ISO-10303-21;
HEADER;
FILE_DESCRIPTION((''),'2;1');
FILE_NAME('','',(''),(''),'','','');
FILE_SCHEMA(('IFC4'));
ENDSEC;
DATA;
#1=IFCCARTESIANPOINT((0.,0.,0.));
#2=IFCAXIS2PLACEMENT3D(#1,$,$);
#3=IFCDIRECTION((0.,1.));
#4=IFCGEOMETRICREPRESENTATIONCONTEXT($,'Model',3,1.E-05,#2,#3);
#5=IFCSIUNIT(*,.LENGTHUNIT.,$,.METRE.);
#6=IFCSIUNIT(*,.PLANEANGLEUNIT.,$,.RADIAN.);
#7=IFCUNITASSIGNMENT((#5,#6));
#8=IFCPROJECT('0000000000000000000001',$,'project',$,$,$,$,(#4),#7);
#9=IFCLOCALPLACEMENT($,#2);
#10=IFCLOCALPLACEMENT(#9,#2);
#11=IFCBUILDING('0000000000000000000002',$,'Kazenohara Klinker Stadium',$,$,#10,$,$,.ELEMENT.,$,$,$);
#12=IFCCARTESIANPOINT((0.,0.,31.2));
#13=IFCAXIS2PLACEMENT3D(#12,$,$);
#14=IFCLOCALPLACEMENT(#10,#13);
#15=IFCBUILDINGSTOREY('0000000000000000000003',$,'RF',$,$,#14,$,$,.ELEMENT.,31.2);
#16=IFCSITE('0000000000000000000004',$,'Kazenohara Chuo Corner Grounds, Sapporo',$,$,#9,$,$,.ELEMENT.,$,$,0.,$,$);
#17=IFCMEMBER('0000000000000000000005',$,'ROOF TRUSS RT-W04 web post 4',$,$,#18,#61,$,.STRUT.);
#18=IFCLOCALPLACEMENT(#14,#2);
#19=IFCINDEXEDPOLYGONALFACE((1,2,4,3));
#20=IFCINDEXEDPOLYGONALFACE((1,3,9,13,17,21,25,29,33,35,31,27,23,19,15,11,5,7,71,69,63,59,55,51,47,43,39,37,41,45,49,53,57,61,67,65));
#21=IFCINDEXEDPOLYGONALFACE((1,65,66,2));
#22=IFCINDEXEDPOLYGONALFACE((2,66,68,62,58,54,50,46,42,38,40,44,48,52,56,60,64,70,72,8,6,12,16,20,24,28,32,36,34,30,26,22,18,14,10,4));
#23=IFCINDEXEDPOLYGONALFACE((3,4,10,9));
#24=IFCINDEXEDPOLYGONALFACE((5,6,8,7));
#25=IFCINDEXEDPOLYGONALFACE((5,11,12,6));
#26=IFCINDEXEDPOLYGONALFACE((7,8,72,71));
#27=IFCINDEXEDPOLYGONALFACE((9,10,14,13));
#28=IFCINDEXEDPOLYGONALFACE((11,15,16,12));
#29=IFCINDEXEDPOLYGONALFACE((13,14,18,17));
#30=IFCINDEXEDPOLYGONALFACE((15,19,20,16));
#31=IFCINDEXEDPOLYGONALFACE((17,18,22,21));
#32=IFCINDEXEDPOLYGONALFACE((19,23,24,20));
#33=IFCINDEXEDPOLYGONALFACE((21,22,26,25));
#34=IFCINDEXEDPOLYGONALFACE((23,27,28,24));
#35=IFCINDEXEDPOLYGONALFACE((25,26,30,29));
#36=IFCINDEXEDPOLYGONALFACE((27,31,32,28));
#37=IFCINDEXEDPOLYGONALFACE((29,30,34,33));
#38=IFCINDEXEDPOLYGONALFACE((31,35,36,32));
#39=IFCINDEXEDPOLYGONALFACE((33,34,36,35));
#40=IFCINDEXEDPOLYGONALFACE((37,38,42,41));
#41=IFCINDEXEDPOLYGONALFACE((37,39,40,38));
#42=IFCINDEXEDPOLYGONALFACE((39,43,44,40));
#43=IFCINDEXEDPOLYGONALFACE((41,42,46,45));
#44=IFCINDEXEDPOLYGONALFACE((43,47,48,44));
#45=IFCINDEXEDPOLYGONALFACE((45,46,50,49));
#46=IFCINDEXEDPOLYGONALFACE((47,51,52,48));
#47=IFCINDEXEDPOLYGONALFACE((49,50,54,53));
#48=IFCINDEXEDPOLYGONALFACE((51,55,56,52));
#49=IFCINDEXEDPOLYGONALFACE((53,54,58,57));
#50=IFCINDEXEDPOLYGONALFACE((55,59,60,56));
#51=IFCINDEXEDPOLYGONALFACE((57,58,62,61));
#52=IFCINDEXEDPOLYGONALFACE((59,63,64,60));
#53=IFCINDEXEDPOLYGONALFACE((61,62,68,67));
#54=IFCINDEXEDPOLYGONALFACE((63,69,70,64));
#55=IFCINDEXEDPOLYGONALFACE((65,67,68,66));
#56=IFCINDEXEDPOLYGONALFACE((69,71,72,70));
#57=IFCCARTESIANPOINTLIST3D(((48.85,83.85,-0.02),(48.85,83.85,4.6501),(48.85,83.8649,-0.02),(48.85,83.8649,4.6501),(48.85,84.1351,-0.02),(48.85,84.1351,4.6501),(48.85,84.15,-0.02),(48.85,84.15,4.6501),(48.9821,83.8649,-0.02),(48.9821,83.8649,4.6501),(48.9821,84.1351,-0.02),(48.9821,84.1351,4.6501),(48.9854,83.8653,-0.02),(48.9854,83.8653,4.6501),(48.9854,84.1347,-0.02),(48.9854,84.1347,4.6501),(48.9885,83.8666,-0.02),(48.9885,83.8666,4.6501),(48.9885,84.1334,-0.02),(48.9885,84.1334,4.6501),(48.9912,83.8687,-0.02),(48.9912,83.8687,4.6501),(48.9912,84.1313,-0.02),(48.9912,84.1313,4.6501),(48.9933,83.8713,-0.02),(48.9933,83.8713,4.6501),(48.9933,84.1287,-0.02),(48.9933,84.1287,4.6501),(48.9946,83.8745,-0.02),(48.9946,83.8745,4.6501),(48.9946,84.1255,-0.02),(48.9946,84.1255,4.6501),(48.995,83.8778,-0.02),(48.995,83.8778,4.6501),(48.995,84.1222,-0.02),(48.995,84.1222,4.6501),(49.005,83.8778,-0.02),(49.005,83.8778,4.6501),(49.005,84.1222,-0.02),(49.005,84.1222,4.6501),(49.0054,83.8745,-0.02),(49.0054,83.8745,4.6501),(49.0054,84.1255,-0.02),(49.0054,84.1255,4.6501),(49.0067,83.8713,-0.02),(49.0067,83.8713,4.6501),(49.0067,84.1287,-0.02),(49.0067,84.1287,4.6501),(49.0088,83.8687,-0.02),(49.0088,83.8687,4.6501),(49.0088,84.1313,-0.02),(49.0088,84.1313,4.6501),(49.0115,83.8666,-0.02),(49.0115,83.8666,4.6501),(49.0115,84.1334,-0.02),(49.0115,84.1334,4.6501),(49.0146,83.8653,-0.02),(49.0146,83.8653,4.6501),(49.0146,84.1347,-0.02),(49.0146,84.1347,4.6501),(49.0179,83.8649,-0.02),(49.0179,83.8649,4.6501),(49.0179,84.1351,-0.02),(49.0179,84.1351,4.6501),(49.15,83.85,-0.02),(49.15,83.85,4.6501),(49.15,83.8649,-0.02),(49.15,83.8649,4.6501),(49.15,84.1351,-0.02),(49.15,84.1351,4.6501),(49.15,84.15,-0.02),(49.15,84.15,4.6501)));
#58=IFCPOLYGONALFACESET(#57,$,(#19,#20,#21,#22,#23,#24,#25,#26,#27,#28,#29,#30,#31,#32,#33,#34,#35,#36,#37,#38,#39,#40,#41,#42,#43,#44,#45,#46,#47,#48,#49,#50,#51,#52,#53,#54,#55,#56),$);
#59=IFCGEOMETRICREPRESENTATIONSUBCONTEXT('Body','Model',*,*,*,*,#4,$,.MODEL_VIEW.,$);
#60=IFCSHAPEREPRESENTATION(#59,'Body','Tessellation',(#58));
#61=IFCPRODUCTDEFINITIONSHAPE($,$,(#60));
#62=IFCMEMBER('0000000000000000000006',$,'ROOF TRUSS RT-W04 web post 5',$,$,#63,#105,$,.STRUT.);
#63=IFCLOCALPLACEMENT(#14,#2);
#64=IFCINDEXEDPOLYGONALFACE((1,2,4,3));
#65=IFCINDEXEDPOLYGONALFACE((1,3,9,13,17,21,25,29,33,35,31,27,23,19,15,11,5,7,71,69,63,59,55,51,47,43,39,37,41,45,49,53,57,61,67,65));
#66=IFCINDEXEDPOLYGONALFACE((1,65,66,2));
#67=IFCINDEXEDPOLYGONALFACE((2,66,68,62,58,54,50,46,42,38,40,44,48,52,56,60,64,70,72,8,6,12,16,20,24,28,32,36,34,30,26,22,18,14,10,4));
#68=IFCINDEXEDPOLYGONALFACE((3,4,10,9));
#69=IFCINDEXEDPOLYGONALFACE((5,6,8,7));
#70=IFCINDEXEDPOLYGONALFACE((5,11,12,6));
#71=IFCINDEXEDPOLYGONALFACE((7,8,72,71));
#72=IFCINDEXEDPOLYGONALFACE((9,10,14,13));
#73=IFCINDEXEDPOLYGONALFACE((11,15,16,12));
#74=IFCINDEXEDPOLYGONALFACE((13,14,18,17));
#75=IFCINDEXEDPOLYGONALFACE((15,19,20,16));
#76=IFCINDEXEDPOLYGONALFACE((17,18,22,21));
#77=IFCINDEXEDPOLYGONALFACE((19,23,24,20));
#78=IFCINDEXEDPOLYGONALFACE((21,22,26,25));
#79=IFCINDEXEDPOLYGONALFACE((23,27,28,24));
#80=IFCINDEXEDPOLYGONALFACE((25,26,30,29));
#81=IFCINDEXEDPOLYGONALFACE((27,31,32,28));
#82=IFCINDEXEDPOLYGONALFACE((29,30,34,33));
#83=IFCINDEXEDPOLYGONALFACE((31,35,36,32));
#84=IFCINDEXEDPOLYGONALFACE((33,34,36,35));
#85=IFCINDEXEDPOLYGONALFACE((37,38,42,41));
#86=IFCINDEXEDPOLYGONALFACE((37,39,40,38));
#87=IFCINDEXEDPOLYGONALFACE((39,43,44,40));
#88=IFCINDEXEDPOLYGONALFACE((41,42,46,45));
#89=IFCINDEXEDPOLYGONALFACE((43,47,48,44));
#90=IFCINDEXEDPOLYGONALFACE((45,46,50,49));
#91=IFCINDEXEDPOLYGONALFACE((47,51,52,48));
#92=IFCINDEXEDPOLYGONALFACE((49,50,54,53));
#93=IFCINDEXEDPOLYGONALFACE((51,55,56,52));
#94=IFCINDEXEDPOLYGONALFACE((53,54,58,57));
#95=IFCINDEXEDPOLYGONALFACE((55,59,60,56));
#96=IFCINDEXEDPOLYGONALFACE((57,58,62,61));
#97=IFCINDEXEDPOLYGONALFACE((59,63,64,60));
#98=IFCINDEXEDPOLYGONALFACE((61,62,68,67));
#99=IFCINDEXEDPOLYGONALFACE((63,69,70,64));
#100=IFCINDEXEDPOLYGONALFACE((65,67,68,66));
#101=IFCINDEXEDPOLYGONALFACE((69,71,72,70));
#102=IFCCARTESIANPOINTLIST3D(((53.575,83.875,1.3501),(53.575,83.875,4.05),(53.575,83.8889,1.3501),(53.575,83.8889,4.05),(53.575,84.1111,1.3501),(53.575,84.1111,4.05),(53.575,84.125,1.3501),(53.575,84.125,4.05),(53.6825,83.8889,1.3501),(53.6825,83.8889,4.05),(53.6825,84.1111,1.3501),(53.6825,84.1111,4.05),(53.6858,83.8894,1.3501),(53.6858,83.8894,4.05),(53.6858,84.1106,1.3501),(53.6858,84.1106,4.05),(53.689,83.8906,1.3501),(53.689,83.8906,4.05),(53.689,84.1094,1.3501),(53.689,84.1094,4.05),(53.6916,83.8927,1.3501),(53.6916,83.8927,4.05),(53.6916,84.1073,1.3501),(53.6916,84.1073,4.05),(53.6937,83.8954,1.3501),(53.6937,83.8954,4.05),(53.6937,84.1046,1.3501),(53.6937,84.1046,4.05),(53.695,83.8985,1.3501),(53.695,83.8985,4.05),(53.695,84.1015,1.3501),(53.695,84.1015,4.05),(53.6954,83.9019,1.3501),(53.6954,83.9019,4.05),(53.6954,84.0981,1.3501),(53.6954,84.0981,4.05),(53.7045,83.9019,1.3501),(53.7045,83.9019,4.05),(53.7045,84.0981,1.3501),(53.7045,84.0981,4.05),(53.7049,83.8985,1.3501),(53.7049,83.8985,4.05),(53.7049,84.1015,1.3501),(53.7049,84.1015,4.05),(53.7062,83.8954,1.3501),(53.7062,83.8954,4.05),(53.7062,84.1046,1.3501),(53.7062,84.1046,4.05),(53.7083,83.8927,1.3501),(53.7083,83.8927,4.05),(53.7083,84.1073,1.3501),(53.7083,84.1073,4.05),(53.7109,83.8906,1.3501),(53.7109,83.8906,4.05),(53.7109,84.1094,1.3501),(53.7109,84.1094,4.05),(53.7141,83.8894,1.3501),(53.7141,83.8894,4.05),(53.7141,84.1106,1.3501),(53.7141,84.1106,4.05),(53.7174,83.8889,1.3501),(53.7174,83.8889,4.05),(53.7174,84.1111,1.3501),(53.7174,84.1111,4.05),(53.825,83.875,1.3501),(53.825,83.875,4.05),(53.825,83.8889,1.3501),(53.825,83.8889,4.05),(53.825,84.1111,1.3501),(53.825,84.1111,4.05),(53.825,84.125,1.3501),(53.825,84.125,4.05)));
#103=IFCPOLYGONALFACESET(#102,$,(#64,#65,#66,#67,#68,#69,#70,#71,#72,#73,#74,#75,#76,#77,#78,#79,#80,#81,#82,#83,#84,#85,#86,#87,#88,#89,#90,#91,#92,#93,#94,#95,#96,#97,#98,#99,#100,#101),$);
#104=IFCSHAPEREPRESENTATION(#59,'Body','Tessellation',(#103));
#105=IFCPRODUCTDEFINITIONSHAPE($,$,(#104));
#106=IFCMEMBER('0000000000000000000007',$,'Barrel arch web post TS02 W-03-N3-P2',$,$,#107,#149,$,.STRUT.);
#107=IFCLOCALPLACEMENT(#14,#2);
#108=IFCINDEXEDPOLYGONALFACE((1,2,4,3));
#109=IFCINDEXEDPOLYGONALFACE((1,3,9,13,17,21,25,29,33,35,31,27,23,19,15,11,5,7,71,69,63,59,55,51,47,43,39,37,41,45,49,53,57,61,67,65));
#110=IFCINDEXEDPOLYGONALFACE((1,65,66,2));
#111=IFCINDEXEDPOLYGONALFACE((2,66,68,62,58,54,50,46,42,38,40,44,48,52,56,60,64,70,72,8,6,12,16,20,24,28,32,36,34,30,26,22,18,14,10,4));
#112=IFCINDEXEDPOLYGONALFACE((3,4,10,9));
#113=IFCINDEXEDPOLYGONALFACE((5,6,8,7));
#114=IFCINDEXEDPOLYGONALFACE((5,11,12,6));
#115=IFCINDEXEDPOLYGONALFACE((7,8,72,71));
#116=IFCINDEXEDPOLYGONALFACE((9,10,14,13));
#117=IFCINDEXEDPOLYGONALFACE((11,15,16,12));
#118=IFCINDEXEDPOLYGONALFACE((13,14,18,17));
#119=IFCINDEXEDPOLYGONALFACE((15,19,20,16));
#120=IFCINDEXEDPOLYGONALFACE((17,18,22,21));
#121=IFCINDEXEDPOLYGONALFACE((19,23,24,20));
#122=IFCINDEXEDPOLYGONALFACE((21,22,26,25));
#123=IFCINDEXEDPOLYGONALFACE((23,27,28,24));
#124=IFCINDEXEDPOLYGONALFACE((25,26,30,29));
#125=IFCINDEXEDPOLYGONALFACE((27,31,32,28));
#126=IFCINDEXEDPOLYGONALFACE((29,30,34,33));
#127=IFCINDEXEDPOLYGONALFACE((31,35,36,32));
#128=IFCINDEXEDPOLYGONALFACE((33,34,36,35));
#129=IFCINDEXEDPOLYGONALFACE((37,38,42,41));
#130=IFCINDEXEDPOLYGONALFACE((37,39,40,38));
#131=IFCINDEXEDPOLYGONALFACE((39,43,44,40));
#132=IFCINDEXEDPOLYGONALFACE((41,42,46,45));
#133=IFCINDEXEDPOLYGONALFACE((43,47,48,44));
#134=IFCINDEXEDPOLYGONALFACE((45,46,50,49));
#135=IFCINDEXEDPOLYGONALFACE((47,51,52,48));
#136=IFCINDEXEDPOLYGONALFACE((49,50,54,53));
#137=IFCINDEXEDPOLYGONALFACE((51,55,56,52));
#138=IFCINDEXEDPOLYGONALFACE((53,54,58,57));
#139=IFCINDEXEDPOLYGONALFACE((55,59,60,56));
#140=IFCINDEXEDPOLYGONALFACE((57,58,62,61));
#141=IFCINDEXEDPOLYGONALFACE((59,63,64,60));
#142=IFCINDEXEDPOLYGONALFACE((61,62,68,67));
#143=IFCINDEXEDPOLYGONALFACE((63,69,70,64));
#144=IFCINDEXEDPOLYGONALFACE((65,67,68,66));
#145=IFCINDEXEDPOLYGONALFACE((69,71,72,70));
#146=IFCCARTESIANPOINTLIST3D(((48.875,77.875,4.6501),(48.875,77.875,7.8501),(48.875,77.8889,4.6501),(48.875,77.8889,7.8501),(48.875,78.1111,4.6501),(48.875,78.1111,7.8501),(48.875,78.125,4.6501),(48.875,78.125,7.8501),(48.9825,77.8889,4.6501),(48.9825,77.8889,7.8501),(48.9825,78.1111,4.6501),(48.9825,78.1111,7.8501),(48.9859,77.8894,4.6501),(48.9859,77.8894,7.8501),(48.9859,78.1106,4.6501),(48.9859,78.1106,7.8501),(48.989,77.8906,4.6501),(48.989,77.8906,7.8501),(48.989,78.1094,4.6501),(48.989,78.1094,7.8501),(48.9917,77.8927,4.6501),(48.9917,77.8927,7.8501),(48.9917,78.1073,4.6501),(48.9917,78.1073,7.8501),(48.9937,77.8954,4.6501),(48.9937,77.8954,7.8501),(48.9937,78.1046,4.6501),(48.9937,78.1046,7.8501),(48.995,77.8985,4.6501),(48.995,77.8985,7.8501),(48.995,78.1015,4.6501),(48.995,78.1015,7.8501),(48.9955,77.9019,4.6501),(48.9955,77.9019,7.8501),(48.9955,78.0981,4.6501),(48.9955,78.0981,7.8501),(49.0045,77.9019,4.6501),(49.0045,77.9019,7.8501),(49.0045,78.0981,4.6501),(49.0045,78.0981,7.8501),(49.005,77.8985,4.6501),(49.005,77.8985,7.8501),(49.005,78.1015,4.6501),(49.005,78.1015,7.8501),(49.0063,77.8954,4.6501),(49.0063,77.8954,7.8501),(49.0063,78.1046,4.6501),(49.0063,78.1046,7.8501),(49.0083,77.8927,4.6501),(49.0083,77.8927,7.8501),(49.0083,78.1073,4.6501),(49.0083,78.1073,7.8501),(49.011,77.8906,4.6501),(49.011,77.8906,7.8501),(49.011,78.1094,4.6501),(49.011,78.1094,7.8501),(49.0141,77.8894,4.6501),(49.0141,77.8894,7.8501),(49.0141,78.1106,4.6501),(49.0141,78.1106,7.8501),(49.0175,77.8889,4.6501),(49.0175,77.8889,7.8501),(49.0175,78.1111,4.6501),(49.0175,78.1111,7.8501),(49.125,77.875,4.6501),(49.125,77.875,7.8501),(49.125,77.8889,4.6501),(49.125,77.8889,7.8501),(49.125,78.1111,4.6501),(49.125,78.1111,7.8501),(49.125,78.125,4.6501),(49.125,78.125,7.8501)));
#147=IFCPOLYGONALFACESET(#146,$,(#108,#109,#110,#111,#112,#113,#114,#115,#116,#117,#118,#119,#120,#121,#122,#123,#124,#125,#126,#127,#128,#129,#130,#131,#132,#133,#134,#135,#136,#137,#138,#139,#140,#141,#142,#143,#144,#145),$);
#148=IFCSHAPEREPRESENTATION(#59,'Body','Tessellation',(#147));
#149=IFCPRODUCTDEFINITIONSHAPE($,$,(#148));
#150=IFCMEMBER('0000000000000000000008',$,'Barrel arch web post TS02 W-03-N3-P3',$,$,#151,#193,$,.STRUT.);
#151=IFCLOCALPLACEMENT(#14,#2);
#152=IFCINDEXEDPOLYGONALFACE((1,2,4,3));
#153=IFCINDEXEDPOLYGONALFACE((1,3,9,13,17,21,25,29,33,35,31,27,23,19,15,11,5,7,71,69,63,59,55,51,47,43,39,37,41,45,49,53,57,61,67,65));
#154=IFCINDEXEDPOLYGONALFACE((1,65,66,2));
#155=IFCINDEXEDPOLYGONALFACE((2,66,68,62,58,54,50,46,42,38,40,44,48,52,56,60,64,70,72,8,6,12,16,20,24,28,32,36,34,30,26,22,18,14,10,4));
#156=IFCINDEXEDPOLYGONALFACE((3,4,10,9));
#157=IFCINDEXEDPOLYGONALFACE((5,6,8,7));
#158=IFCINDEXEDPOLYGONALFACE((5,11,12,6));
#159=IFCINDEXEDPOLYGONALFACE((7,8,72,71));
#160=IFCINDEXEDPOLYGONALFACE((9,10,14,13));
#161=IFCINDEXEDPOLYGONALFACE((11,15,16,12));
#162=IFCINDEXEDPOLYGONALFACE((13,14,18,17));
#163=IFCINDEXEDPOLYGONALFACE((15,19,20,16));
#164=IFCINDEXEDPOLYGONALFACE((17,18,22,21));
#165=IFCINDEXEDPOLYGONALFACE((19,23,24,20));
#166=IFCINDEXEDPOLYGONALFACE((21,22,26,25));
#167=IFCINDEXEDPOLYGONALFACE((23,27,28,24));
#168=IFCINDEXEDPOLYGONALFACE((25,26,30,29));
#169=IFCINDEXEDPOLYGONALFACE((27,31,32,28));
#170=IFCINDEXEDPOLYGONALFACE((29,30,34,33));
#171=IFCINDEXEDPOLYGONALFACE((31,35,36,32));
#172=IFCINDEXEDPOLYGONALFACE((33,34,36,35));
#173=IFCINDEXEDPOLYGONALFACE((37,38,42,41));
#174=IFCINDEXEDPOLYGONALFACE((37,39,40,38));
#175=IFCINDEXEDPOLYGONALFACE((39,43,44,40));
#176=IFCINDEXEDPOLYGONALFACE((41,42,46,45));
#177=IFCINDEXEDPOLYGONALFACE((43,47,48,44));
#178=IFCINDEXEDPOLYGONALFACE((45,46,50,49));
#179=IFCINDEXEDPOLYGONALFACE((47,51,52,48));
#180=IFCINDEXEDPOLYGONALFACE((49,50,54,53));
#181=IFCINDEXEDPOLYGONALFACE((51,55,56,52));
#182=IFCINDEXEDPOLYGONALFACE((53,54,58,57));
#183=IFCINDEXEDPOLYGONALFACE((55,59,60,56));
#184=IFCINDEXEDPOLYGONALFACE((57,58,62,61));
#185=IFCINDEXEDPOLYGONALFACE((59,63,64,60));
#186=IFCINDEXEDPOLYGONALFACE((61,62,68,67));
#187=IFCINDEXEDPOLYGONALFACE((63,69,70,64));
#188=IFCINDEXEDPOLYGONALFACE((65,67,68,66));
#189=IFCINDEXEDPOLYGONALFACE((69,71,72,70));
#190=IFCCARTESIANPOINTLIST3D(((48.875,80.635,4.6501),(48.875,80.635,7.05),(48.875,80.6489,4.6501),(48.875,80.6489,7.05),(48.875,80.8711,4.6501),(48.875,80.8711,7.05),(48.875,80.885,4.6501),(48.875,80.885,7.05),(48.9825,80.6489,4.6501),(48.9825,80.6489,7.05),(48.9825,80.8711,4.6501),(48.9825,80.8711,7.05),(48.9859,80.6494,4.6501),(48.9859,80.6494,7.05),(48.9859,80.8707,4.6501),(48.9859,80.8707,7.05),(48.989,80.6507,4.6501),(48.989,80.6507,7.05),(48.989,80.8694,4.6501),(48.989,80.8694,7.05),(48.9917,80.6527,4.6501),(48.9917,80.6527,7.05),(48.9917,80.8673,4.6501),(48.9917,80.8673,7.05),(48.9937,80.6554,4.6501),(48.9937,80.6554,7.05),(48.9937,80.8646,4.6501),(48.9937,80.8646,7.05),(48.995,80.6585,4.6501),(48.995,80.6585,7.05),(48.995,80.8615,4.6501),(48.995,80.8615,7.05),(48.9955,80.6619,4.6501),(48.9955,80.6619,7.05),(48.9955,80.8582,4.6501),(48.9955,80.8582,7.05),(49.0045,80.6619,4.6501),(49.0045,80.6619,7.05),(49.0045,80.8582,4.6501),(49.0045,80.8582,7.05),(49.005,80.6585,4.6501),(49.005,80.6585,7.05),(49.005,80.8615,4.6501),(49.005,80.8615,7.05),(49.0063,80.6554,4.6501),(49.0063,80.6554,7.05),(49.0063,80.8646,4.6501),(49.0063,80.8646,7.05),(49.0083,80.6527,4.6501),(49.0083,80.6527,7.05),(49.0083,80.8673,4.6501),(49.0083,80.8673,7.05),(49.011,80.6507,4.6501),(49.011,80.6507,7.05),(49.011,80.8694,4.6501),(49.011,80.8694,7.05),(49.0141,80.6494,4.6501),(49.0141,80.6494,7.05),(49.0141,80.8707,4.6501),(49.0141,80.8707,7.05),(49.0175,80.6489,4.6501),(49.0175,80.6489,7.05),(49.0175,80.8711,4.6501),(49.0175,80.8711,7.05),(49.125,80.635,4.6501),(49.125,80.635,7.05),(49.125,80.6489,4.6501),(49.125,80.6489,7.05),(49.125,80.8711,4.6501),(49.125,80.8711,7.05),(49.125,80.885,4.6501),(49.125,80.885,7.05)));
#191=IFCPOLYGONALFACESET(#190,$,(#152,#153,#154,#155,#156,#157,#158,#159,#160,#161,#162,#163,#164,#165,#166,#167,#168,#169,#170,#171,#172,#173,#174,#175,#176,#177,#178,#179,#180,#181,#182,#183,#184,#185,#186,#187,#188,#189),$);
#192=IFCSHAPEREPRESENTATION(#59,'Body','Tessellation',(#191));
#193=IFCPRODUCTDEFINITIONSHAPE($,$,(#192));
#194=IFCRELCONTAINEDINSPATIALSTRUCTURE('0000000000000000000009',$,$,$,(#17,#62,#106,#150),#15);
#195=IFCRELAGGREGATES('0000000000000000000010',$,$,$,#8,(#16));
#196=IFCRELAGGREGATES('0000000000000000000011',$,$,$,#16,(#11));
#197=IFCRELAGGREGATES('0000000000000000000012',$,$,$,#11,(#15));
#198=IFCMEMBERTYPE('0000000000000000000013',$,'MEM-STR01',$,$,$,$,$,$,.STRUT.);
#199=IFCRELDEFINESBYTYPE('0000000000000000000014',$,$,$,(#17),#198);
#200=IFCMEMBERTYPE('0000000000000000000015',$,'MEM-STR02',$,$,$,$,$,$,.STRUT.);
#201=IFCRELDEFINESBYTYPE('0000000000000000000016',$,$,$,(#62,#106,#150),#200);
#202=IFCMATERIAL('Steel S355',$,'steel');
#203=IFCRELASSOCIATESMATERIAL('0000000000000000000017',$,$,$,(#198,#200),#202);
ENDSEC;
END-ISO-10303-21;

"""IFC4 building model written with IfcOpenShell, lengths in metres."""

from ifc_helpers import new_model, si_unit, direction, frame, origin, origin_2d, place, context, subcontext, project, spatial, i_section, extrude, material, material_profile, profile_set, type_object, element, save


model = new_model("IFC4")

# Units and contexts
model_context = context("Model", 3, precision=1e-05, world=origin(), true_north=direction((0.0, 1.0)))
body_context = subcontext(model_context, "Body", "Model", "MODEL_VIEW")
ifc_project = project(units=[si_unit("LENGTHUNIT", "METRE"), si_unit("PLANEANGLEUNIT", "RADIAN")], contexts=[model_context])

# Site, building, storey
site_placement = place(None, origin())
site = spatial("IfcSite", under=ifc_project, at=site_placement, Name="Kazenohara Chuo Corner Grounds, Sapporo", CompositionType="ELEMENT", RefElevation=0.0)
building_placement = place(site_placement, origin())
building = spatial("IfcBuilding", under=site, at=building_placement, Name="Kazenohara Klinker Stadium", CompositionType="ELEMENT")
storey_placement = place(building_placement, frame((0.0, 0.0, 31.2)))
storey = spatial("IfcBuildingStorey", under=building, at=storey_placement, Name="RF", CompositionType="ELEMENT", Elevation=31.2)

# Members
ifc_material_1 = material(Name="Steel S355", Category="steel")
ifc_material_profile_1 = material_profile(ifc_material_1, i_section(OverallWidth=0.3, OverallDepth=0.3, WebThickness=0.01, FlangeThickness=0.0149, FilletRadius=0.0129, at=origin_2d()), Name="H-300x300x10x15")
ifc_profile_set_1 = profile_set([ifc_material_profile_1], Name="Steel S355")
member_type_1 = type_object("IfcMemberType", Name="MEM-STR01", PredefinedType="STRUT", material=ifc_profile_set_1)
member_1_placement = place(storey_placement, frame((49.0, 84.0, -0.02), z_axis=(0.0, 0.0, 1.0), x_axis=(1.0, 0.0, 0.0)))
element("IfcMember", 1, at=member_1_placement, inside=storey, type_object=member_type_1, Name="ROOF TRUSS RT-W04 web post 4", PredefinedType="STRUT", context=body_context, shape_type="SweptSolid", body=[
    extrude(i_section(OverallWidth=0.3, OverallDepth=0.3, WebThickness=0.01, FlangeThickness=0.0149, FilletRadius=0.0129, at=origin_2d()), origin(), (0.0, 0.0, 1.0), 4.6702),
])
ifc_material_profile_2 = material_profile(ifc_material_1, i_section(OverallWidth=0.25, OverallDepth=0.25, WebThickness=0.009, FlangeThickness=0.0139, FilletRadius=0.0129, at=origin_2d()), Name="H-250x250x9x14")
ifc_profile_set_2 = profile_set([ifc_material_profile_2], Name="Steel S355")
member_type_2 = type_object("IfcMemberType", Name="MEM-STR02", PredefinedType="STRUT", material=ifc_profile_set_2)
member_2_placement = place(storey_placement, frame((53.7, 84.0, 1.3501), z_axis=(0.0, 0.0, 1.0), x_axis=(1.0, 0.0, 0.0)))
element("IfcMember", 2, at=member_2_placement, inside=storey, type_object=member_type_2, Name="ROOF TRUSS RT-W04 web post 5", PredefinedType="STRUT", context=body_context, shape_type="SweptSolid", body=[
    extrude(i_section(OverallWidth=0.25, OverallDepth=0.25, WebThickness=0.009, FlangeThickness=0.0139, FilletRadius=0.0129, at=origin_2d()), origin(), (0.0, 0.0, 1.0), 2.7),
])
member_3_placement = place(storey_placement, frame((49.0, 78.0, 4.6501), z_axis=(0.0, 0.0, 1.0), x_axis=(1.0, 0.0, 0.0)))
element("IfcMember", 3, at=member_3_placement, inside=storey, type_object=member_type_2, Name="Barrel arch web post TS02 W-03-N3-P2", PredefinedType="STRUT", context=body_context, shape_type="SweptSolid", body=[
    extrude(i_section(OverallWidth=0.25, OverallDepth=0.25, WebThickness=0.009, FlangeThickness=0.0139, FilletRadius=0.0129, at=origin_2d()), origin(), (0.0, 0.0, 1.0), 3.2),
])
member_4_placement = place(storey_placement, frame((49.0, 80.76, 4.6501), z_axis=(0.0, 0.0, 1.0), x_axis=(1.0, 0.0, 0.0)))
element("IfcMember", 4, at=member_4_placement, inside=storey, type_object=member_type_2, Name="Barrel arch web post TS02 W-03-N3-P3", PredefinedType="STRUT", context=body_context, shape_type="SweptSolid", body=[
    extrude(i_section(OverallWidth=0.25, OverallDepth=0.25, WebThickness=0.009, FlangeThickness=0.0139, FilletRadius=0.0129, at=origin_2d()), origin(), (0.0, 0.0, 1.0), 2.3999),
])

save(model, "model.ifc")
